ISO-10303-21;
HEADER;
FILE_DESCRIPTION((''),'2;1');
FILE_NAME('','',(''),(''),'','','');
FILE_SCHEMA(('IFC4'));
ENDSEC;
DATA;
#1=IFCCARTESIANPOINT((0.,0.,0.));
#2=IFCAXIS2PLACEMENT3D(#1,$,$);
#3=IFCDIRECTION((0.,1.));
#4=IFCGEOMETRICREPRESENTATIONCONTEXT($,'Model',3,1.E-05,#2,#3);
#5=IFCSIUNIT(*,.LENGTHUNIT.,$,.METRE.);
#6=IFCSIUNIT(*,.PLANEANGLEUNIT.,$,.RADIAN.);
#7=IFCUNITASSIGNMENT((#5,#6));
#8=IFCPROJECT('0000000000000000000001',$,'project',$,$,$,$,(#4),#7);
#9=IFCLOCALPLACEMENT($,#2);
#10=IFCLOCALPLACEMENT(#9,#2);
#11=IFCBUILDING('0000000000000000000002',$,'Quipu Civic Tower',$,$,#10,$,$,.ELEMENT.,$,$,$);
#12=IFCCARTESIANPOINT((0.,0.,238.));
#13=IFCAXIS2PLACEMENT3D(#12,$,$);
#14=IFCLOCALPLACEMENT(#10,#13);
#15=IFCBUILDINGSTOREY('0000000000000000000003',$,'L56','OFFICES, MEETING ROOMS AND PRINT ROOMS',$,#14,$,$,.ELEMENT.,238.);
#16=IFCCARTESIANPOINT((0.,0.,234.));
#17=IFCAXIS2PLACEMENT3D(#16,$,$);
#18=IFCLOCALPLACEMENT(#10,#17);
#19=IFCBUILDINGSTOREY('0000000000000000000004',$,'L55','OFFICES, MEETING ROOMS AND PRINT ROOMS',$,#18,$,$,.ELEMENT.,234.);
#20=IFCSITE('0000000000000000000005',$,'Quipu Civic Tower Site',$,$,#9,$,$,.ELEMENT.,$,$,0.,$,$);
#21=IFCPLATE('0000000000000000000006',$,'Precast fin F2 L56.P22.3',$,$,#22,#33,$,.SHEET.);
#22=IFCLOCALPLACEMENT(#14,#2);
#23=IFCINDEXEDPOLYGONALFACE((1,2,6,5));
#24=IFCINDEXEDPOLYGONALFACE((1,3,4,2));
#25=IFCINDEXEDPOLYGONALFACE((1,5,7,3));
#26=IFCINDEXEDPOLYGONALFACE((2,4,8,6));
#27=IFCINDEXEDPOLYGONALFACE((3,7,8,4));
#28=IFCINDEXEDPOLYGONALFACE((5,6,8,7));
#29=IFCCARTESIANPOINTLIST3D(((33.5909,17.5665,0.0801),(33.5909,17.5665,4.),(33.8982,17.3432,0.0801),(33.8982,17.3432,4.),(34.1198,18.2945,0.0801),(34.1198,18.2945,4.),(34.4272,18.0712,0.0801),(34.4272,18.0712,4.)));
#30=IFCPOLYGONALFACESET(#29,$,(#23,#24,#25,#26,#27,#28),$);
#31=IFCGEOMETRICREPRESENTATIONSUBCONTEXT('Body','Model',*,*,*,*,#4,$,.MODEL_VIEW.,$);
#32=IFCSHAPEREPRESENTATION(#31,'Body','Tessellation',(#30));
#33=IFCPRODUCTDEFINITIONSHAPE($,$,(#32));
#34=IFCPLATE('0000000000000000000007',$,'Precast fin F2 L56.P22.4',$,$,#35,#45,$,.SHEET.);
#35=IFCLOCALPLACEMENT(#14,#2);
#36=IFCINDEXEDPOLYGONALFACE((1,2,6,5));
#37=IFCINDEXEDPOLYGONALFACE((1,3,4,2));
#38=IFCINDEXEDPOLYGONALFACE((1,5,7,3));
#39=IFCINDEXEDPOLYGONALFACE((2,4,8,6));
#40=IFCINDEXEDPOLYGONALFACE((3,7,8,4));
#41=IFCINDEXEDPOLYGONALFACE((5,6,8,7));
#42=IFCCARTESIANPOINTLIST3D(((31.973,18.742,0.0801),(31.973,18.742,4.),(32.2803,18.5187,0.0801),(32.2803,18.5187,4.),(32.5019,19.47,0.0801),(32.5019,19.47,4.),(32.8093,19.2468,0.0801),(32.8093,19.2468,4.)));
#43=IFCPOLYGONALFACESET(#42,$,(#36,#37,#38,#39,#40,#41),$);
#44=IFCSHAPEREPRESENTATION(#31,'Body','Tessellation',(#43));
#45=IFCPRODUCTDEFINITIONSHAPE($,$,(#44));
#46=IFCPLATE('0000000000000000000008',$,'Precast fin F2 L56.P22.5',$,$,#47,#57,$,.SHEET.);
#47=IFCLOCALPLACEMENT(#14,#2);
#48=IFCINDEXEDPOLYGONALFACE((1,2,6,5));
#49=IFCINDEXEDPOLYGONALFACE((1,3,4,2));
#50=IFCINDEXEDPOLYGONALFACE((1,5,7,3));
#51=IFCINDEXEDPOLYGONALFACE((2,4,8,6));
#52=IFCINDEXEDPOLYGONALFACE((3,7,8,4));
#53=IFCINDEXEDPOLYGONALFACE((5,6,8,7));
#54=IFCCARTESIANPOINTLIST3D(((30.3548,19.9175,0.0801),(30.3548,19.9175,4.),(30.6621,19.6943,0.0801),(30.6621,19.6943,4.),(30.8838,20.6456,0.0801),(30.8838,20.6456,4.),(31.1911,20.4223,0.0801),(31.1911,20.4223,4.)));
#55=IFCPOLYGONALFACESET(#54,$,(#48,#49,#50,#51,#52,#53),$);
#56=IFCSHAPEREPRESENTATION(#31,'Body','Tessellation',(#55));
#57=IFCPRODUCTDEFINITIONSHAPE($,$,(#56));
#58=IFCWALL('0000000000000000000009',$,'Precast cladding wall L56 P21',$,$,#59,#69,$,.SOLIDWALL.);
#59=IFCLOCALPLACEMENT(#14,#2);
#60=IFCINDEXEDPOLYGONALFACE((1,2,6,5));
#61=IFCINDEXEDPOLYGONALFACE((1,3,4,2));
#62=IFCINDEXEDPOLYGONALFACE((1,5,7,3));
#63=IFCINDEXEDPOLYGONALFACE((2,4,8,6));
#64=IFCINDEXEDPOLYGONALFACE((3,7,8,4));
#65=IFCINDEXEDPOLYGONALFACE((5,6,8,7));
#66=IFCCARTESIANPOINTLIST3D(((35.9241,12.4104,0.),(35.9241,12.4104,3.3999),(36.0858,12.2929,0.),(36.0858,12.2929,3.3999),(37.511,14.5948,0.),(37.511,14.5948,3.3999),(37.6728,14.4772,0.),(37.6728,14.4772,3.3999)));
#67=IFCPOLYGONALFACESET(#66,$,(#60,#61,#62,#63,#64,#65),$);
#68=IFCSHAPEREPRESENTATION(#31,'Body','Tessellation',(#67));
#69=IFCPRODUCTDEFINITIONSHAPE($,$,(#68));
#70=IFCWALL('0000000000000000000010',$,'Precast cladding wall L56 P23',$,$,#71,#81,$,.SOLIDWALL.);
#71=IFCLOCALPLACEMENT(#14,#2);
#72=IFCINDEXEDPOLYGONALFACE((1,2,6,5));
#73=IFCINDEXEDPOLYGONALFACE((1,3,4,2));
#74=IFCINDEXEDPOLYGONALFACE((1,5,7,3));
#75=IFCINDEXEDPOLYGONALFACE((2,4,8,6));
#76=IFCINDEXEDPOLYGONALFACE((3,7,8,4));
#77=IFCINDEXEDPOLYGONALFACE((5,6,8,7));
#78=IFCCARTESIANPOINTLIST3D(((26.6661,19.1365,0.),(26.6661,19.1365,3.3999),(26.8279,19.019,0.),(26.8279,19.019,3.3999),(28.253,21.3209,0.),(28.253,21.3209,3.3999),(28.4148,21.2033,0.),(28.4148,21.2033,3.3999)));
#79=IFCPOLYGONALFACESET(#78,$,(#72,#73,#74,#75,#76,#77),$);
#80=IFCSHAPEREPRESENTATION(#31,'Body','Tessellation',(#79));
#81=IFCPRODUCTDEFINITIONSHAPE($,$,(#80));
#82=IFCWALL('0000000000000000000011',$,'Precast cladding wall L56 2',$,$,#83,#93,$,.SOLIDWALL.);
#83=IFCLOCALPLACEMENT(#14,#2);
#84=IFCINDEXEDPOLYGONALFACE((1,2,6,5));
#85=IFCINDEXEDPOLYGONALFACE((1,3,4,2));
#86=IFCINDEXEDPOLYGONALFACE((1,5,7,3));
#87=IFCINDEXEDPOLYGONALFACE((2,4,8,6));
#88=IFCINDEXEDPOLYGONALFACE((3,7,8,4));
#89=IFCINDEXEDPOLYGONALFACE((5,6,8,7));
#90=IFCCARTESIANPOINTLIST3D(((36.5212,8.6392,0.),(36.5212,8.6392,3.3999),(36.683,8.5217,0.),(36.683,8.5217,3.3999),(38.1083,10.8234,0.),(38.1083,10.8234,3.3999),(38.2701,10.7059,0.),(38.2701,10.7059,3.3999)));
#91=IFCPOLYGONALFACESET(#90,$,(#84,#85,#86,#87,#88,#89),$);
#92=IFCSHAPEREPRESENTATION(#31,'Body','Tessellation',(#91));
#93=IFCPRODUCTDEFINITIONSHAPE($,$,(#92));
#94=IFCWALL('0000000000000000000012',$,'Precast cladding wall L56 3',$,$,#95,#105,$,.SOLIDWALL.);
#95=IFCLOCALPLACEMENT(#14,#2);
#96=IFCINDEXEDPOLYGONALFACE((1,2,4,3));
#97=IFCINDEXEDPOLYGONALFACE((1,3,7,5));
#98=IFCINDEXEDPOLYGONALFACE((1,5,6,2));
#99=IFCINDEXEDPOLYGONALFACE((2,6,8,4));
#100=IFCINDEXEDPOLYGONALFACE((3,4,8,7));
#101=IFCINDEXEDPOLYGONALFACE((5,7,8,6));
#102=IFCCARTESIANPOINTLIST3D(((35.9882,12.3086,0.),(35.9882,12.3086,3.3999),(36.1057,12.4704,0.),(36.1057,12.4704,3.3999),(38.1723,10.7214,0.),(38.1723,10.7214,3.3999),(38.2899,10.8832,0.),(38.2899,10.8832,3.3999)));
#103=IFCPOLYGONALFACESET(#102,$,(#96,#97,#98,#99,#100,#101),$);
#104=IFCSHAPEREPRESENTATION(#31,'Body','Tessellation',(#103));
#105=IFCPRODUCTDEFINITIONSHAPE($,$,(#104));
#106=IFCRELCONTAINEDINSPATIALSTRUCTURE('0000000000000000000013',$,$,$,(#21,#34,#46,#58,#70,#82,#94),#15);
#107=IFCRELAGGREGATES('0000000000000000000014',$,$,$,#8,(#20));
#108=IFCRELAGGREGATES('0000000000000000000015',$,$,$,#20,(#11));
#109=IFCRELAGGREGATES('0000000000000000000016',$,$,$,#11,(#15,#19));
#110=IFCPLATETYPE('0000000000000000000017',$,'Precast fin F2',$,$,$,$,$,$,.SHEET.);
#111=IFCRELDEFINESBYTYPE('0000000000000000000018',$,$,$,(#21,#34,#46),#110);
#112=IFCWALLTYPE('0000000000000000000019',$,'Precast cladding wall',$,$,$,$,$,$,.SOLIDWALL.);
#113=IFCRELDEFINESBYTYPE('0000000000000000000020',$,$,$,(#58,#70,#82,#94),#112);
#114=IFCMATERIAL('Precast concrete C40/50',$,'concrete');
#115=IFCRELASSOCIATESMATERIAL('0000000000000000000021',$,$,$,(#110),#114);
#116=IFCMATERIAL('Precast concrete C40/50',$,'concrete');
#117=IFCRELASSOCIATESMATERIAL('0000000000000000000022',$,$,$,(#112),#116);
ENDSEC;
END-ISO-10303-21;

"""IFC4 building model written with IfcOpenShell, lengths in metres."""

from ifc_helpers import new_model, si_unit, direction, frame, frame_2d, origin, origin_2d, place, context, subcontext, project, spatial, rectangle, extrude, material, type_object, element, save


model = new_model("IFC4")

# Units and contexts
model_context = context("Model", 3, precision=1e-05, world=origin(), true_north=direction((0.0, 1.0)))
body_context = subcontext(model_context, "Body", "Model", "MODEL_VIEW")
ifc_project = project(units=[si_unit("LENGTHUNIT", "METRE"), si_unit("PLANEANGLEUNIT", "RADIAN")], contexts=[model_context])

# Site, building, storey
site_placement = place(None, origin())
site = spatial("IfcSite", under=ifc_project, at=site_placement, Name="Quipu Civic Tower Site", CompositionType="ELEMENT", RefElevation=0.0)
building_placement = place(site_placement, origin())
building = spatial("IfcBuilding", under=site, at=building_placement, Name="Quipu Civic Tower", CompositionType="ELEMENT")
storey_1_placement = place(building_placement, frame((0.0, 0.0, 238.0)))
storey_1 = spatial("IfcBuildingStorey", under=building, at=storey_1_placement, Name="L56", Description="OFFICES, MEETING ROOMS AND PRINT ROOMS", CompositionType="ELEMENT", Elevation=238.0)

# Shared definitions
storey_2_placement = place(building_placement, frame((0.0, 0.0, 234.0)))
storey_2 = spatial("IfcBuildingStorey", under=building, at=storey_2_placement, Name="L55", Description="OFFICES, MEETING ROOMS AND PRINT ROOMS", CompositionType="ELEMENT", Elevation=234.0)

# Plates
ifc_material_1 = material(Name="Precast concrete C40/50", Category="concrete")
plate_type_1 = type_object("IfcPlateType", Name="Precast fin F2", PredefinedType="SHEET", material=ifc_material_1)
for number, where, z_axis, x_axis, name in (
    (1, (34.009, 17.8188, 0.0801), (0.0, 0.0, 1.0), (-0.809017, 0.587785, 0.0), "Precast fin F2 L56.P22.3"),
    (2, (32.3911, 18.9944, 0.0801), (0.0, 0.0, 1.0), (-0.809017, 0.587785, 0.0), "Precast fin F2 L56.P22.4"),
    (3, (30.7729, 20.1699, 0.0801), (0.0, 0.0, 1.0), (-0.809017, 0.587785, 0.0), "Precast fin F2 L56.P22.5"),
):
    element("IfcPlate", number, at=place(storey_1_placement, frame(where, z_axis=z_axis, x_axis=x_axis)), inside=storey_1, type_object=plate_type_1, Name=name, PredefinedType="SHEET", context=body_context, shape_type="SweptSolid", body=[
        extrude(rectangle(XDim=0.3799, YDim=0.8999, at=origin_2d()), origin(), (0.0, 0.0, 1.0), 3.9199),
    ])

# Walls
ifc_material_2 = material(Name="Precast concrete C40/50", Category="concrete")
wall_type = type_object("IfcWallType", Name="Precast cladding wall", PredefinedType="SOLIDWALL", material=ifc_material_2)
for number, where, z_axis, x_axis, name in (
    (4, (36.0049, 12.3516, 0.0), (0.0, 0.0, 1.0), (0.587763, 0.809033, 0.0), "Precast cladding wall L56 P21"),
    (5, (28.334, 21.2622, 0.0), (0.0, 0.0, 1.0), (-0.587763, -0.809033, 0.0), "Precast cladding wall L56 P23"),
    (6, (36.6021, 8.5803, 0.0), (0.0, 0.0, 1.0), (0.587822, 0.80899, 0.0), "Precast cladding wall L56 2"),
    (7, (38.2312, 10.8022, 0.0), (0.0, 0.0, 1.0), (-0.808959, 0.587865, 0.0), "Precast cladding wall L56 3"),
):
    element("IfcWall", number, at=place(storey_1_placement, frame(where, z_axis=z_axis, x_axis=x_axis)), inside=storey_1, type_object=wall_type, Name=name, PredefinedType="SOLIDWALL", context=body_context, shape_type="SweptSolid", body=[
        extrude(rectangle(XDim=2.7, YDim=0.2, at=frame_2d((1.3501, 0.0))), origin(), (0.0, 0.0, 1.0), 3.3999),
    ])

save(model, "model.ifc")
